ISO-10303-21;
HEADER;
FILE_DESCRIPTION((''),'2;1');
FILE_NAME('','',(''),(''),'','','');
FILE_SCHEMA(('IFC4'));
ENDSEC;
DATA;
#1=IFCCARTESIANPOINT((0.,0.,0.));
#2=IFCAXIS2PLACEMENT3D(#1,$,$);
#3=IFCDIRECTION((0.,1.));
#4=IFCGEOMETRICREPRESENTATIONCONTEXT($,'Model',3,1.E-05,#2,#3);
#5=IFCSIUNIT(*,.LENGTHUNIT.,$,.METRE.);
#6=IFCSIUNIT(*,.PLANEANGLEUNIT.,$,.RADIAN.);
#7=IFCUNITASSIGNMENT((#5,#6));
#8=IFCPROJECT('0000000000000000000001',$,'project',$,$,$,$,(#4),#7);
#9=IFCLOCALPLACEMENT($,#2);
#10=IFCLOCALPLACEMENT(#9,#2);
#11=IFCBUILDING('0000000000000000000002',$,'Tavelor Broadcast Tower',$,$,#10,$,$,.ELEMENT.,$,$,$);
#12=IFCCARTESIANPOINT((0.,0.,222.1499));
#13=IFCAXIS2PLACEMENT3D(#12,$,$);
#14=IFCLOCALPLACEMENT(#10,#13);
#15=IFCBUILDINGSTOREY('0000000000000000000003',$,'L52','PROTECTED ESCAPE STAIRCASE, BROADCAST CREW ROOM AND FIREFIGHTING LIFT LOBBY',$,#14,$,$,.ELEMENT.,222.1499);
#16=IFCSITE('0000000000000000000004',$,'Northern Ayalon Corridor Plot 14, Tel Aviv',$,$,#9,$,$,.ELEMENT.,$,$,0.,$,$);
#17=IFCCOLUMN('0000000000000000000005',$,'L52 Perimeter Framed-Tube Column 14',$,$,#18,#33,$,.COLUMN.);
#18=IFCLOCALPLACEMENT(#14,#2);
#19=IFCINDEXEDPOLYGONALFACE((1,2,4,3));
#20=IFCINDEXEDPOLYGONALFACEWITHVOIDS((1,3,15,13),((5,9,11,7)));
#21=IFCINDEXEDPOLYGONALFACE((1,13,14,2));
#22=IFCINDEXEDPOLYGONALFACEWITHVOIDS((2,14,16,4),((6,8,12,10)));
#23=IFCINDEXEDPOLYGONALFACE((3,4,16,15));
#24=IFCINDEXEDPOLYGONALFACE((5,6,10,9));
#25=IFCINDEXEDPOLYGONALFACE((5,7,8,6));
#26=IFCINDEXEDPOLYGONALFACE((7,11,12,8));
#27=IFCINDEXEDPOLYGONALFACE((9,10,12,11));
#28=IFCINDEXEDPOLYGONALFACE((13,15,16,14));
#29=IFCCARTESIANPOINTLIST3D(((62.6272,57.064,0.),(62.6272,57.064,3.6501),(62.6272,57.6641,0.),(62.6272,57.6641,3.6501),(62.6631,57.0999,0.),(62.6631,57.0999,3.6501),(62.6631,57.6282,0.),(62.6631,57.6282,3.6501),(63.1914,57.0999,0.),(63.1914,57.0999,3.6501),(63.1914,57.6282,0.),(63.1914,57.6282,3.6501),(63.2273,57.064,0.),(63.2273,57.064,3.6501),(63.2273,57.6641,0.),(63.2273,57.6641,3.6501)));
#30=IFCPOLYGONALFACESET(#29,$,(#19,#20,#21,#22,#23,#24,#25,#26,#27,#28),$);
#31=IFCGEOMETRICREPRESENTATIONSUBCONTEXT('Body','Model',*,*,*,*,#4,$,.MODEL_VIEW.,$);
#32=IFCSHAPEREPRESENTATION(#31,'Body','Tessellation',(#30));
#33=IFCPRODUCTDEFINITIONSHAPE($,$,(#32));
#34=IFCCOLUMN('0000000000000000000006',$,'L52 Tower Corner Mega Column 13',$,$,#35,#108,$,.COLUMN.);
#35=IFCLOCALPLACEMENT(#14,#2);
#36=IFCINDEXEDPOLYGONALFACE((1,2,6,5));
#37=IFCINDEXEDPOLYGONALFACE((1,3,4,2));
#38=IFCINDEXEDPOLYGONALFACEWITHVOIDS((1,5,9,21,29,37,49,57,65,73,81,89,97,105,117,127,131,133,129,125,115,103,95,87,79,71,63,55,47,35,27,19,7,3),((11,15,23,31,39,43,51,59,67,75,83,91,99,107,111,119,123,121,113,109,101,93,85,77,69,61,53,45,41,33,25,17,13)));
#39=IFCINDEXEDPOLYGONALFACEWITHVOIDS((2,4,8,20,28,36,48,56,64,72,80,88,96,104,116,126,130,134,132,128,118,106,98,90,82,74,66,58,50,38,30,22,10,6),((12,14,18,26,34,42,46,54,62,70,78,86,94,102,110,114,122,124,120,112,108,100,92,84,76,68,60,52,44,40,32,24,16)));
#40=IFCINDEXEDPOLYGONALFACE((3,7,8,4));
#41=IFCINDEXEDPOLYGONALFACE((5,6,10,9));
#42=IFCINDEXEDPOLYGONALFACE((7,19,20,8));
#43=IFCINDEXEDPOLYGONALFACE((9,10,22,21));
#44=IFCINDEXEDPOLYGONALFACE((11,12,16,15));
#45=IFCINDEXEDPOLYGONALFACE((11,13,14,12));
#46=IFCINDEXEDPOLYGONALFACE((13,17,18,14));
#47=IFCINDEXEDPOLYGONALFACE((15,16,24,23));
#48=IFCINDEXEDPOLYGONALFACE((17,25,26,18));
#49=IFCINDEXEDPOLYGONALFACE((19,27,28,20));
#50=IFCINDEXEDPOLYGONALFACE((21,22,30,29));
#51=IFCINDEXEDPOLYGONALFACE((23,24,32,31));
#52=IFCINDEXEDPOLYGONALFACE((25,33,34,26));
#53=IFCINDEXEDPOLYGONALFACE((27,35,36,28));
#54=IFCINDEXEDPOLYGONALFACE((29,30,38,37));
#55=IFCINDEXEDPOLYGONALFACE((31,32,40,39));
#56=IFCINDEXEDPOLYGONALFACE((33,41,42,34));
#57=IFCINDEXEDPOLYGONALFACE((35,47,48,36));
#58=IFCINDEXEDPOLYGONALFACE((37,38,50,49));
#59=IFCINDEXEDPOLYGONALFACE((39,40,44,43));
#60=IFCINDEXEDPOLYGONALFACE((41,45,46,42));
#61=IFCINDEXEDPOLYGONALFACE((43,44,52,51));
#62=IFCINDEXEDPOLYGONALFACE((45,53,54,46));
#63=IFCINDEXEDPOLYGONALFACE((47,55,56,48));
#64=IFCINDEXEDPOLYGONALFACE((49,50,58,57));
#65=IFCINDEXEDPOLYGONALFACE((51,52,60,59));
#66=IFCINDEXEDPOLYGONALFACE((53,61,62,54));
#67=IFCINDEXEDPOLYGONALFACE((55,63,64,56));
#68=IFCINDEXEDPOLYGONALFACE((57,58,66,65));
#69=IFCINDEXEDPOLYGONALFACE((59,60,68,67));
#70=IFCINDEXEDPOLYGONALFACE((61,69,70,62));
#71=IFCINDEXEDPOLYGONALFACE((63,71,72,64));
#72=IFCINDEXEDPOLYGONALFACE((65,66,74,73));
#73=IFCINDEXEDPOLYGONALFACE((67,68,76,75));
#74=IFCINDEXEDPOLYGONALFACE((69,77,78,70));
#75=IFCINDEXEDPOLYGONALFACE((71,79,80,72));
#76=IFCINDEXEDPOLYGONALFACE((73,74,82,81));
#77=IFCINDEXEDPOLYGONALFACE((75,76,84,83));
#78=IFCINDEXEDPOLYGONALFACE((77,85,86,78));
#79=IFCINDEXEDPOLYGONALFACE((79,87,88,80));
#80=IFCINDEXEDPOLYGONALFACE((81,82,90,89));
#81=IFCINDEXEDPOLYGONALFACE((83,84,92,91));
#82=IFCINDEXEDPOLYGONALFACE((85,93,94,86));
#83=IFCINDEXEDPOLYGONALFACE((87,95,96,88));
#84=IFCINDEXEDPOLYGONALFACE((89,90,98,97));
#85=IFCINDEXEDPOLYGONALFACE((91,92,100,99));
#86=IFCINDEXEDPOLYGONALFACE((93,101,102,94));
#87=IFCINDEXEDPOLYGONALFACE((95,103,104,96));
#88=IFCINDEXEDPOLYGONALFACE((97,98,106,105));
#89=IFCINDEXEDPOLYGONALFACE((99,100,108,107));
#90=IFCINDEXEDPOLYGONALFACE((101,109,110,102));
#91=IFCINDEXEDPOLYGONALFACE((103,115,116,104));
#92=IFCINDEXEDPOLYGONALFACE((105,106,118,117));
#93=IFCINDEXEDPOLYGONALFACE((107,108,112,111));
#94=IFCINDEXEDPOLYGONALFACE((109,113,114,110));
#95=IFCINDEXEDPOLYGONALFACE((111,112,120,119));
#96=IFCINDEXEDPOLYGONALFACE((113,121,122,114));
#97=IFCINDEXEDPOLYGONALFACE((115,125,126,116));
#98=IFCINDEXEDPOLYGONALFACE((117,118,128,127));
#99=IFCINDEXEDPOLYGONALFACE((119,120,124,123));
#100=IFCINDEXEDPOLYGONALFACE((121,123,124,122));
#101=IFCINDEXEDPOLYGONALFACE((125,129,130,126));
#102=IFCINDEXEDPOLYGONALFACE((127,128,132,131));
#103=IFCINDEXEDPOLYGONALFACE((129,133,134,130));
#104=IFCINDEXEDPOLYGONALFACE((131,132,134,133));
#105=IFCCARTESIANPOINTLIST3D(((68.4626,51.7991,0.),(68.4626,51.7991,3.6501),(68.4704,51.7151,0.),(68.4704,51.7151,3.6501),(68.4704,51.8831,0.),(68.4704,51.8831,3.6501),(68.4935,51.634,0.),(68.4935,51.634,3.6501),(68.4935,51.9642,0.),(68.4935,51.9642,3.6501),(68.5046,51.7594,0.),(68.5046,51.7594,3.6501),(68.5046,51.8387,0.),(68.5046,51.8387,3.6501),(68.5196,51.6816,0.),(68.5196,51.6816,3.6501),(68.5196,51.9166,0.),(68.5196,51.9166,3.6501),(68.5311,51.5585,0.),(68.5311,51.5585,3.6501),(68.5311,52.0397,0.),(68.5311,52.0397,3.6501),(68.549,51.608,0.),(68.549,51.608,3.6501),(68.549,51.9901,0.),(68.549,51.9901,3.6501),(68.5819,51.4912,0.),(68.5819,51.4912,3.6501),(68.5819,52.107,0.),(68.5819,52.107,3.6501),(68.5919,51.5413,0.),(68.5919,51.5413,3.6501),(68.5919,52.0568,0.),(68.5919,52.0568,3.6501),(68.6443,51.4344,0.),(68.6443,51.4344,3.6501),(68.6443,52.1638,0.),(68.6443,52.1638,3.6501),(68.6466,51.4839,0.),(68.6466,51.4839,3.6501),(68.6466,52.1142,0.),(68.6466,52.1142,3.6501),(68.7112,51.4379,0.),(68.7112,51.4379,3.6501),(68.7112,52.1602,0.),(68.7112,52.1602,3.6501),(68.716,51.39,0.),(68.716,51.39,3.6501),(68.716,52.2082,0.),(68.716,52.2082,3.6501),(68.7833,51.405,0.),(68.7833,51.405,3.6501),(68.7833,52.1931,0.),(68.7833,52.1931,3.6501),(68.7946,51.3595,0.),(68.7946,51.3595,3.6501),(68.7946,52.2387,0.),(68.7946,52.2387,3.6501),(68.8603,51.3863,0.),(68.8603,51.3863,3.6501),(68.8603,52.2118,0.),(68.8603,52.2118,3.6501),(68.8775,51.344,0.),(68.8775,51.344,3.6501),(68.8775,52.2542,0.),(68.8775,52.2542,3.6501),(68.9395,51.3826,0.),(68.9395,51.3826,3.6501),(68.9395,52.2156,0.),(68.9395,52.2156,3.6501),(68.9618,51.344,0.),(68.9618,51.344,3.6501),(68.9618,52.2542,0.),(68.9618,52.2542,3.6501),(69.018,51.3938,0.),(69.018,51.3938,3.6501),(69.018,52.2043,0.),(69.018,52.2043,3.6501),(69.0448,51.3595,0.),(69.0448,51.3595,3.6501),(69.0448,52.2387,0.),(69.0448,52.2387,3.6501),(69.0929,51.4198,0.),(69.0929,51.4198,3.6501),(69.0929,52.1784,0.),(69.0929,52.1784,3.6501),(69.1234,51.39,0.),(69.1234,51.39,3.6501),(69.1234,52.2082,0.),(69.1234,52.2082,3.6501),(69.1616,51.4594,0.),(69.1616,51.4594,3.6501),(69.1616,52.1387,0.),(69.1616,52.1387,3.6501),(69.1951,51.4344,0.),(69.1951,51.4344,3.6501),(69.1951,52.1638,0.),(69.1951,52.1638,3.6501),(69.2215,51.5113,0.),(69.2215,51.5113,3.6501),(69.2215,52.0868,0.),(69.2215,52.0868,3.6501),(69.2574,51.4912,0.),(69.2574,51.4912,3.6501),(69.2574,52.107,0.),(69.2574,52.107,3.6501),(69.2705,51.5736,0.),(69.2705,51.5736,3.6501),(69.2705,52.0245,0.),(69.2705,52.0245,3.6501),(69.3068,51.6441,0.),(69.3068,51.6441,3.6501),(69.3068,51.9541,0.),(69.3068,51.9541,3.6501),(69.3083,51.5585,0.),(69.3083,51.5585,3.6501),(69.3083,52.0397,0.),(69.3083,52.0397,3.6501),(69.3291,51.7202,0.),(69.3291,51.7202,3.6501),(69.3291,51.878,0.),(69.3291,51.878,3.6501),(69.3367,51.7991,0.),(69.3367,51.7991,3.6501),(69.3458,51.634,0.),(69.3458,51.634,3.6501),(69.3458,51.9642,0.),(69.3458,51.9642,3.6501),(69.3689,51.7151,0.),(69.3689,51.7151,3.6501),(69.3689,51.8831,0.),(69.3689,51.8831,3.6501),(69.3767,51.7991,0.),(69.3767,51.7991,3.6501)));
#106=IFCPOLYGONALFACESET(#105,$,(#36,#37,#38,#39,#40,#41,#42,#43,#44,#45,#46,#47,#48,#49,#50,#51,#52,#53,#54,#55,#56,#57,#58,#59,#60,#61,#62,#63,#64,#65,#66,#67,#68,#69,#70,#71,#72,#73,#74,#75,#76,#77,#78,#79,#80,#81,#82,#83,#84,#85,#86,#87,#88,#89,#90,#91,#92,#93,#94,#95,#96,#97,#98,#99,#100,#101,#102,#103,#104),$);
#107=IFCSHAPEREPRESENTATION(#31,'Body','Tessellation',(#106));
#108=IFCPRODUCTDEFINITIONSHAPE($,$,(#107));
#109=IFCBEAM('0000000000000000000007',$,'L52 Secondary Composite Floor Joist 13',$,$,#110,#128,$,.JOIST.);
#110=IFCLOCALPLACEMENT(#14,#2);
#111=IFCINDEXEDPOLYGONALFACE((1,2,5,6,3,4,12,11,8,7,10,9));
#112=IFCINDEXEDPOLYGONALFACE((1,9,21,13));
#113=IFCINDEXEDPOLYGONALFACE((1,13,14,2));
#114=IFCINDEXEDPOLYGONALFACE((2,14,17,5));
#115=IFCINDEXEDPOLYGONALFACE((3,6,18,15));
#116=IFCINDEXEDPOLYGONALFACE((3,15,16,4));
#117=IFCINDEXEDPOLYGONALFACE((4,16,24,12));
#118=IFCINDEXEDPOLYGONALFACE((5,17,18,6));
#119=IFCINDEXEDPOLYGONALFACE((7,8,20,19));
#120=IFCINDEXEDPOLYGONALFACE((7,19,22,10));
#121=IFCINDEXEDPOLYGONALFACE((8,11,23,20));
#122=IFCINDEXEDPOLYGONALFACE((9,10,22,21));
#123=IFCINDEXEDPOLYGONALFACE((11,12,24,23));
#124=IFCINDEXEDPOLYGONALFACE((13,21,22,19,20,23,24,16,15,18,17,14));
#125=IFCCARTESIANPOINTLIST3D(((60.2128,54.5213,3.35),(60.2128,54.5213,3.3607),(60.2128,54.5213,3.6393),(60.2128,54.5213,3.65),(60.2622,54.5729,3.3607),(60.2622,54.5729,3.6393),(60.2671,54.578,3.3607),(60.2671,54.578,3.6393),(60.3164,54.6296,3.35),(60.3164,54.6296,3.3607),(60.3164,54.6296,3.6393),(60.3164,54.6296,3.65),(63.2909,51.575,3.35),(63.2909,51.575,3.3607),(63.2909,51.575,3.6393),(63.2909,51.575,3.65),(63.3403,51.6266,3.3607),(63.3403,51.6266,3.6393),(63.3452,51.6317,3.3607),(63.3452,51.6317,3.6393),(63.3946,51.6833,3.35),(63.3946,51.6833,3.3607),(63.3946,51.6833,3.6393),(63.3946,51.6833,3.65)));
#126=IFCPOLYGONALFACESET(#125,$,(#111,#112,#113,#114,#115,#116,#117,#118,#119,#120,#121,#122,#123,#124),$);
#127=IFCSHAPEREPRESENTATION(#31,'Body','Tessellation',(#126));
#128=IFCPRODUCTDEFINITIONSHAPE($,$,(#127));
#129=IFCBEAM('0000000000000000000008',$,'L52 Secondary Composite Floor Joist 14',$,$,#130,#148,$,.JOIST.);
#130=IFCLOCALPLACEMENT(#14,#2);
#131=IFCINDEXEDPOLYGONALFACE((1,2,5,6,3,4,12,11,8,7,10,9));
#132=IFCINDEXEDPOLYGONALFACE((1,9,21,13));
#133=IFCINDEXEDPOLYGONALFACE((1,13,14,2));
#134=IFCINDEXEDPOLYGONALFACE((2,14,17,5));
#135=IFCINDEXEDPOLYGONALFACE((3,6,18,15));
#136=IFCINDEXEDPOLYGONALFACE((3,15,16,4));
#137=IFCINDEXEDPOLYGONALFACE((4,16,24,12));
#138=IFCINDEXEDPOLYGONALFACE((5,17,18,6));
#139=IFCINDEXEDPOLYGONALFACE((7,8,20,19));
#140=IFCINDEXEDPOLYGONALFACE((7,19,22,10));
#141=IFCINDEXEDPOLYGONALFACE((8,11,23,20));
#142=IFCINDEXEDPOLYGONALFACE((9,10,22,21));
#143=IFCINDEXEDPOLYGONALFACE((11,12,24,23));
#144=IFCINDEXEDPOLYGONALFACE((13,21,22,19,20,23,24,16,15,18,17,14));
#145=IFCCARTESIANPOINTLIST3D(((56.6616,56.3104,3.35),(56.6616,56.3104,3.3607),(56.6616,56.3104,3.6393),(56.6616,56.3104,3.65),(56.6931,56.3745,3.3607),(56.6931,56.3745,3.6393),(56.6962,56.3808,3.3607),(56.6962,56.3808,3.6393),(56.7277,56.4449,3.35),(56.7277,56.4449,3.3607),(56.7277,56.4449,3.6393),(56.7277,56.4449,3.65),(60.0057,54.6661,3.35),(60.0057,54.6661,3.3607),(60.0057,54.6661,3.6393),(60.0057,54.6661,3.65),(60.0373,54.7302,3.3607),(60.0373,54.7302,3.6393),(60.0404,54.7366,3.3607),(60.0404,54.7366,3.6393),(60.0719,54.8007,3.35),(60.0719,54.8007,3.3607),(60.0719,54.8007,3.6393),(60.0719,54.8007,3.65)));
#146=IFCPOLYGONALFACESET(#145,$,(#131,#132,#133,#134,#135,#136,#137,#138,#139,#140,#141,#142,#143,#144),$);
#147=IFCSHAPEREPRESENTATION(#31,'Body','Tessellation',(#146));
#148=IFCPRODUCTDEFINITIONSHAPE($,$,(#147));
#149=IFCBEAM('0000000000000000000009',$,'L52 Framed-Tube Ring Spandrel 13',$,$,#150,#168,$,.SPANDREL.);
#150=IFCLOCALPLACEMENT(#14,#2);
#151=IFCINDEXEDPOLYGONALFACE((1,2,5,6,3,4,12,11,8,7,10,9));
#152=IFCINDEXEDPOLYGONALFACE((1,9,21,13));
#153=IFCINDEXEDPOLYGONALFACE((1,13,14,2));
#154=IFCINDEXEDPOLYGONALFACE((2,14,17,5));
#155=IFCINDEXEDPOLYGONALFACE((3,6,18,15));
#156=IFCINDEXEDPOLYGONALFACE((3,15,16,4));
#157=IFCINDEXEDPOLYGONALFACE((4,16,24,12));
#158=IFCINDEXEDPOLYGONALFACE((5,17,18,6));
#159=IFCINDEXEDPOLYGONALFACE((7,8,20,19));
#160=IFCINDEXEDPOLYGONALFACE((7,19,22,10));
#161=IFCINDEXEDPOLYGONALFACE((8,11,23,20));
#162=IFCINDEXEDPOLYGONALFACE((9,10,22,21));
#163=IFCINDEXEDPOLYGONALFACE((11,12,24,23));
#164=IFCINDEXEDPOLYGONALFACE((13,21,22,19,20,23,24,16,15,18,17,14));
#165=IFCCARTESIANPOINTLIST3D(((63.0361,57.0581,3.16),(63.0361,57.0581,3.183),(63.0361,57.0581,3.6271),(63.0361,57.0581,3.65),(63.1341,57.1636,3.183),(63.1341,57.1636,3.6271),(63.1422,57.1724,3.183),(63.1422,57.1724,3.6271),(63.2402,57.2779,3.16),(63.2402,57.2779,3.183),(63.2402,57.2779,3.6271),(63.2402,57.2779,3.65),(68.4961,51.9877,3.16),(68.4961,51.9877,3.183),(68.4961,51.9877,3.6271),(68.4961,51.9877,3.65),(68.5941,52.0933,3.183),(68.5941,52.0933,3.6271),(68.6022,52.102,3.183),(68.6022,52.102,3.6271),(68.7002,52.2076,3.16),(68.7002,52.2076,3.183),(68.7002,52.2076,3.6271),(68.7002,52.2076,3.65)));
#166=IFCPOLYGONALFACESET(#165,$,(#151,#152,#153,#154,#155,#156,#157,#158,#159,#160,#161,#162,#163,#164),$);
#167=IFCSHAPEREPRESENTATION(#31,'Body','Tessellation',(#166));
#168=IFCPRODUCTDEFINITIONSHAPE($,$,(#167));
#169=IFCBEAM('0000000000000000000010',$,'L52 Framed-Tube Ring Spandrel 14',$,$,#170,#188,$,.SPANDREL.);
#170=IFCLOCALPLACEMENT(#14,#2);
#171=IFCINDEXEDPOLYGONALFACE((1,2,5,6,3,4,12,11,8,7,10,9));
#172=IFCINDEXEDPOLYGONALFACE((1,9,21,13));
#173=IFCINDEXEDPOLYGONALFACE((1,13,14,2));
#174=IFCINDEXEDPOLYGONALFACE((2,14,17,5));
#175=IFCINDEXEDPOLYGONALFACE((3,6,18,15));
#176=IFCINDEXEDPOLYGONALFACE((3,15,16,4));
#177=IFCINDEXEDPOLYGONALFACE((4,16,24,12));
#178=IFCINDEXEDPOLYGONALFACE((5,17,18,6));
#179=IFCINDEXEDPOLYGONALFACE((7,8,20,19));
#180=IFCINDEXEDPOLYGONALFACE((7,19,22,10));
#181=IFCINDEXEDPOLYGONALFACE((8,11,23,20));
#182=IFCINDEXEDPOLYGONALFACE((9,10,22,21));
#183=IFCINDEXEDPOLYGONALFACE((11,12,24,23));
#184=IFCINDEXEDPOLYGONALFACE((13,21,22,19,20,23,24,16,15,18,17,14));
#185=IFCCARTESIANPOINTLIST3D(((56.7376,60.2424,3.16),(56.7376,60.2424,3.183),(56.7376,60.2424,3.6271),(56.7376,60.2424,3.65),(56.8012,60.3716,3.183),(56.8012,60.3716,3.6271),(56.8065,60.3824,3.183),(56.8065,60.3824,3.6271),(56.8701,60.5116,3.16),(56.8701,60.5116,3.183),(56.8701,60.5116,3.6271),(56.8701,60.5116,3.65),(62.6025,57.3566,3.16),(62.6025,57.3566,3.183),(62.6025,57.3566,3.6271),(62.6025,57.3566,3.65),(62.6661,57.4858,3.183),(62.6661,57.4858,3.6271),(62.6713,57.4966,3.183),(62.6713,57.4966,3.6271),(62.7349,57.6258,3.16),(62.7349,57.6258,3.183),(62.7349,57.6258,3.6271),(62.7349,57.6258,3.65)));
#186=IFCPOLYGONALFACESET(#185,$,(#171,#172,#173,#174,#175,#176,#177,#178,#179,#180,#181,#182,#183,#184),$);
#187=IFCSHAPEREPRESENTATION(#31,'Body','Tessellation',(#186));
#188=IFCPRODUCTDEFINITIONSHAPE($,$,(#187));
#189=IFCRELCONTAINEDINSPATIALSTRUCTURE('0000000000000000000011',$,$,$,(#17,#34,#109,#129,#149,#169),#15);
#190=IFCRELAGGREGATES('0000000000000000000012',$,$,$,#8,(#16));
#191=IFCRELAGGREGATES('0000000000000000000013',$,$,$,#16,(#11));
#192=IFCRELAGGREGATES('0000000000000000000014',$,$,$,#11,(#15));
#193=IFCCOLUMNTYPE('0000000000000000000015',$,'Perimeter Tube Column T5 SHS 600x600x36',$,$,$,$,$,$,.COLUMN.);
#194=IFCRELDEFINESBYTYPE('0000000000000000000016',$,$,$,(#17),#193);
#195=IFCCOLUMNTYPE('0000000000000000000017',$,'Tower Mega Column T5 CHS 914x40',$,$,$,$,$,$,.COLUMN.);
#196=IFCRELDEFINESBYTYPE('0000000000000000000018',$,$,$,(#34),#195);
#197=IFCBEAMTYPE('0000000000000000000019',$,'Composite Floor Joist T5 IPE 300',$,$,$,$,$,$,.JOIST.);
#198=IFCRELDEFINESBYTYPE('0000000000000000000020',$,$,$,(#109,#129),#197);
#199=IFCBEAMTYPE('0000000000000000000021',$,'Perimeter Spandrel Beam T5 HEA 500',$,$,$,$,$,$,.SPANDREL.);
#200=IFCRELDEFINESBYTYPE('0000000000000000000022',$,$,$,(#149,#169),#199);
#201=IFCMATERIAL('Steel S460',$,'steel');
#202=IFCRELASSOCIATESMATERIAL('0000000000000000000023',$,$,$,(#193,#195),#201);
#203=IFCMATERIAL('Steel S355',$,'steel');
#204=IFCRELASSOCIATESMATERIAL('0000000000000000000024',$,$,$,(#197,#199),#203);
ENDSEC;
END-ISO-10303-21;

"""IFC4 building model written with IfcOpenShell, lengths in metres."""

from ifc_helpers import new_model, si_unit, direction, frame, origin, origin_2d, place, context, subcontext, project, spatial, hollow_rectangle, hollow_circle, i_section, extrude, material, material_profile, profile_set, type_object, element, save


model = new_model("IFC4")

# Units and contexts
model_context = context("Model", 3, precision=1e-05, world=origin(), true_north=direction((0.0, 1.0)))
body_context = subcontext(model_context, "Body", "Model", "MODEL_VIEW")
ifc_project = project(units=[si_unit("LENGTHUNIT", "METRE"), si_unit("PLANEANGLEUNIT", "RADIAN")], contexts=[model_context])

# Site, building, storey
site_placement = place(None, origin())
site = spatial("IfcSite", under=ifc_project, at=site_placement, Name="Northern Ayalon Corridor Plot 14, Tel Aviv", CompositionType="ELEMENT", RefElevation=0.0)
building_placement = place(site_placement, origin())
building = spatial("IfcBuilding", under=site, at=building_placement, Name="Tavelor Broadcast Tower", CompositionType="ELEMENT")
storey_placement = place(building_placement, frame((0.0, 0.0, 222.1499)))
storey = spatial("IfcBuildingStorey", under=building, at=storey_placement, Name="L52", Description="PROTECTED ESCAPE STAIRCASE, BROADCAST CREW ROOM AND FIREFIGHTING LIFT LOBBY", CompositionType="ELEMENT", Elevation=222.1499)

# Columns
ifc_material_1 = material(Name="Steel S460", Category="steel")
ifc_material_profile_1 = material_profile(ifc_material_1, hollow_rectangle(XDim=0.6001, YDim=0.6001, WallThickness=0.0359, at=origin_2d()), Name="SHS 600x600x36")
ifc_profile_set_1 = profile_set([ifc_material_profile_1], Name="Steel S460")
column_type_1 = type_object("IfcColumnType", Name="Perimeter Tube Column T5 SHS 600x600x36", PredefinedType="COLUMN", material=ifc_profile_set_1)
column_1_placement = place(storey_placement, frame((62.9272, 57.364, 0.0), z_axis=(0.0, 0.0, 1.0), x_axis=(1.0, 0.0, 0.0)))
element("IfcColumn", 1, at=column_1_placement, inside=storey, type_object=column_type_1, Name="L52 Perimeter Framed-Tube Column 14", PredefinedType="COLUMN", context=body_context, shape_type="SweptSolid", body=[
    extrude(hollow_rectangle(XDim=0.6001, YDim=0.6001, WallThickness=0.0359, at=origin_2d()), origin(), (0.0, 0.0, 1.0), 3.6501),
])
ifc_material_profile_2 = material_profile(ifc_material_1, hollow_circle(Radius=0.457, WallThickness=0.04, at=origin_2d()), Name="CHS 914x40")
ifc_profile_set_2 = profile_set([ifc_material_profile_2], Name="Steel S460")
column_type_2 = type_object("IfcColumnType", Name="Tower Mega Column T5 CHS 914x40", PredefinedType="COLUMN", material=ifc_profile_set_2)
column_2_placement = place(storey_placement, frame((68.9197, 51.7991, 0.0), z_axis=(0.0, 0.0, 1.0), x_axis=(1.0, 0.0, 0.0)))
element("IfcColumn", 2, at=column_2_placement, inside=storey, type_object=column_type_2, Name="L52 Tower Corner Mega Column 13", PredefinedType="COLUMN", context=body_context, shape_type="SweptSolid", body=[
    extrude(hollow_circle(Radius=0.457, WallThickness=0.04, at=origin_2d()), origin(), (0.0, 0.0, 1.0), 3.6501),
])

# Beams
ifc_material_2 = material(Name="Steel S355", Category="steel")
ifc_material_profile_3 = material_profile(ifc_material_2, i_section(OverallWidth=0.1499, OverallDepth=0.3, WebThickness=0.0071, FlangeThickness=0.0107, at=origin_2d()), Name="IPE 300")
ifc_profile_set_3 = profile_set([ifc_material_profile_3], Name="Steel S355")
beam_type_1 = type_object("IfcBeamType", Name="Composite Floor Joist T5 IPE 300", PredefinedType="JOIST", material=ifc_profile_set_3)
beam_1_placement = place(storey_placement, frame((63.3428, 51.6292, 3.5), z_axis=(-0.722408, 0.691467, 0.0), x_axis=(-0.691467, -0.722408, 0.0)))
element("IfcBeam", 3, at=beam_1_placement, inside=storey, type_object=beam_type_1, Name="L52 Secondary Composite Floor Joist 13", PredefinedType="JOIST", context=body_context, shape_type="SweptSolid", body=[
    extrude(i_section(OverallWidth=0.1499, OverallDepth=0.3, WebThickness=0.0071, FlangeThickness=0.0107, at=origin_2d()), origin(), (0.0, 0.0, 1.0), 4.261),
])
beam_2_placement = place(storey_placement, frame((60.0388, 54.7334, 3.5), z_axis=(-0.897395, 0.441229, 0.0), x_axis=(-0.441229, -0.897395, 0.0)))
element("IfcBeam", 4, at=beam_2_placement, inside=storey, type_object=beam_type_1, Name="L52 Secondary Composite Floor Joist 14", PredefinedType="JOIST", context=body_context, shape_type="SweptSolid", body=[
    extrude(i_section(OverallWidth=0.1499, OverallDepth=0.3, WebThickness=0.0071, FlangeThickness=0.0107, at=origin_2d()), origin(), (0.0, 0.0, 1.0), 3.7266),
])
ifc_material_profile_4 = material_profile(ifc_material_2, i_section(OverallWidth=0.3, OverallDepth=0.49, WebThickness=0.012, FlangeThickness=0.0229, at=origin_2d()), Name="HEA 500")
ifc_profile_set_4 = profile_set([ifc_material_profile_4], Name="Steel S355")
beam_type_2 = type_object("IfcBeamType", Name="Perimeter Spandrel Beam T5 HEA 500", PredefinedType="SPANDREL", material=ifc_profile_set_4)
beam_3_placement = place(storey_placement, frame((68.5981, 52.0977, 3.405), z_axis=(-0.73277, 0.680476, 0.0), x_axis=(-0.680476, -0.73277, 0.0)))
element("IfcBeam", 5, at=beam_3_placement, inside=storey, type_object=beam_type_2, Name="L52 Framed-Tube Ring Spandrel 13", PredefinedType="SPANDREL", context=body_context, shape_type="SweptSolid", body=[
    extrude(i_section(OverallWidth=0.3, OverallDepth=0.49, WebThickness=0.012, FlangeThickness=0.0229, at=origin_2d()), origin(), (0.0, 0.0, 1.0), 7.4512),
])
beam_4_placement = place(storey_placement, frame((62.6687, 57.4912, 3.405), z_axis=(-0.897263, 0.441497, 0.0), x_axis=(-0.441497, -0.897263, 0.0)))
element("IfcBeam", 6, at=beam_4_placement, inside=storey, type_object=beam_type_2, Name="L52 Framed-Tube Ring Spandrel 14", PredefinedType="SPANDREL", context=body_context, shape_type="SweptSolid", body=[
    extrude(i_section(OverallWidth=0.3, OverallDepth=0.49, WebThickness=0.012, FlangeThickness=0.0229, at=origin_2d()), origin(), (0.0, 0.0, 1.0), 6.5364),
])

save(model, "model.ifc")
